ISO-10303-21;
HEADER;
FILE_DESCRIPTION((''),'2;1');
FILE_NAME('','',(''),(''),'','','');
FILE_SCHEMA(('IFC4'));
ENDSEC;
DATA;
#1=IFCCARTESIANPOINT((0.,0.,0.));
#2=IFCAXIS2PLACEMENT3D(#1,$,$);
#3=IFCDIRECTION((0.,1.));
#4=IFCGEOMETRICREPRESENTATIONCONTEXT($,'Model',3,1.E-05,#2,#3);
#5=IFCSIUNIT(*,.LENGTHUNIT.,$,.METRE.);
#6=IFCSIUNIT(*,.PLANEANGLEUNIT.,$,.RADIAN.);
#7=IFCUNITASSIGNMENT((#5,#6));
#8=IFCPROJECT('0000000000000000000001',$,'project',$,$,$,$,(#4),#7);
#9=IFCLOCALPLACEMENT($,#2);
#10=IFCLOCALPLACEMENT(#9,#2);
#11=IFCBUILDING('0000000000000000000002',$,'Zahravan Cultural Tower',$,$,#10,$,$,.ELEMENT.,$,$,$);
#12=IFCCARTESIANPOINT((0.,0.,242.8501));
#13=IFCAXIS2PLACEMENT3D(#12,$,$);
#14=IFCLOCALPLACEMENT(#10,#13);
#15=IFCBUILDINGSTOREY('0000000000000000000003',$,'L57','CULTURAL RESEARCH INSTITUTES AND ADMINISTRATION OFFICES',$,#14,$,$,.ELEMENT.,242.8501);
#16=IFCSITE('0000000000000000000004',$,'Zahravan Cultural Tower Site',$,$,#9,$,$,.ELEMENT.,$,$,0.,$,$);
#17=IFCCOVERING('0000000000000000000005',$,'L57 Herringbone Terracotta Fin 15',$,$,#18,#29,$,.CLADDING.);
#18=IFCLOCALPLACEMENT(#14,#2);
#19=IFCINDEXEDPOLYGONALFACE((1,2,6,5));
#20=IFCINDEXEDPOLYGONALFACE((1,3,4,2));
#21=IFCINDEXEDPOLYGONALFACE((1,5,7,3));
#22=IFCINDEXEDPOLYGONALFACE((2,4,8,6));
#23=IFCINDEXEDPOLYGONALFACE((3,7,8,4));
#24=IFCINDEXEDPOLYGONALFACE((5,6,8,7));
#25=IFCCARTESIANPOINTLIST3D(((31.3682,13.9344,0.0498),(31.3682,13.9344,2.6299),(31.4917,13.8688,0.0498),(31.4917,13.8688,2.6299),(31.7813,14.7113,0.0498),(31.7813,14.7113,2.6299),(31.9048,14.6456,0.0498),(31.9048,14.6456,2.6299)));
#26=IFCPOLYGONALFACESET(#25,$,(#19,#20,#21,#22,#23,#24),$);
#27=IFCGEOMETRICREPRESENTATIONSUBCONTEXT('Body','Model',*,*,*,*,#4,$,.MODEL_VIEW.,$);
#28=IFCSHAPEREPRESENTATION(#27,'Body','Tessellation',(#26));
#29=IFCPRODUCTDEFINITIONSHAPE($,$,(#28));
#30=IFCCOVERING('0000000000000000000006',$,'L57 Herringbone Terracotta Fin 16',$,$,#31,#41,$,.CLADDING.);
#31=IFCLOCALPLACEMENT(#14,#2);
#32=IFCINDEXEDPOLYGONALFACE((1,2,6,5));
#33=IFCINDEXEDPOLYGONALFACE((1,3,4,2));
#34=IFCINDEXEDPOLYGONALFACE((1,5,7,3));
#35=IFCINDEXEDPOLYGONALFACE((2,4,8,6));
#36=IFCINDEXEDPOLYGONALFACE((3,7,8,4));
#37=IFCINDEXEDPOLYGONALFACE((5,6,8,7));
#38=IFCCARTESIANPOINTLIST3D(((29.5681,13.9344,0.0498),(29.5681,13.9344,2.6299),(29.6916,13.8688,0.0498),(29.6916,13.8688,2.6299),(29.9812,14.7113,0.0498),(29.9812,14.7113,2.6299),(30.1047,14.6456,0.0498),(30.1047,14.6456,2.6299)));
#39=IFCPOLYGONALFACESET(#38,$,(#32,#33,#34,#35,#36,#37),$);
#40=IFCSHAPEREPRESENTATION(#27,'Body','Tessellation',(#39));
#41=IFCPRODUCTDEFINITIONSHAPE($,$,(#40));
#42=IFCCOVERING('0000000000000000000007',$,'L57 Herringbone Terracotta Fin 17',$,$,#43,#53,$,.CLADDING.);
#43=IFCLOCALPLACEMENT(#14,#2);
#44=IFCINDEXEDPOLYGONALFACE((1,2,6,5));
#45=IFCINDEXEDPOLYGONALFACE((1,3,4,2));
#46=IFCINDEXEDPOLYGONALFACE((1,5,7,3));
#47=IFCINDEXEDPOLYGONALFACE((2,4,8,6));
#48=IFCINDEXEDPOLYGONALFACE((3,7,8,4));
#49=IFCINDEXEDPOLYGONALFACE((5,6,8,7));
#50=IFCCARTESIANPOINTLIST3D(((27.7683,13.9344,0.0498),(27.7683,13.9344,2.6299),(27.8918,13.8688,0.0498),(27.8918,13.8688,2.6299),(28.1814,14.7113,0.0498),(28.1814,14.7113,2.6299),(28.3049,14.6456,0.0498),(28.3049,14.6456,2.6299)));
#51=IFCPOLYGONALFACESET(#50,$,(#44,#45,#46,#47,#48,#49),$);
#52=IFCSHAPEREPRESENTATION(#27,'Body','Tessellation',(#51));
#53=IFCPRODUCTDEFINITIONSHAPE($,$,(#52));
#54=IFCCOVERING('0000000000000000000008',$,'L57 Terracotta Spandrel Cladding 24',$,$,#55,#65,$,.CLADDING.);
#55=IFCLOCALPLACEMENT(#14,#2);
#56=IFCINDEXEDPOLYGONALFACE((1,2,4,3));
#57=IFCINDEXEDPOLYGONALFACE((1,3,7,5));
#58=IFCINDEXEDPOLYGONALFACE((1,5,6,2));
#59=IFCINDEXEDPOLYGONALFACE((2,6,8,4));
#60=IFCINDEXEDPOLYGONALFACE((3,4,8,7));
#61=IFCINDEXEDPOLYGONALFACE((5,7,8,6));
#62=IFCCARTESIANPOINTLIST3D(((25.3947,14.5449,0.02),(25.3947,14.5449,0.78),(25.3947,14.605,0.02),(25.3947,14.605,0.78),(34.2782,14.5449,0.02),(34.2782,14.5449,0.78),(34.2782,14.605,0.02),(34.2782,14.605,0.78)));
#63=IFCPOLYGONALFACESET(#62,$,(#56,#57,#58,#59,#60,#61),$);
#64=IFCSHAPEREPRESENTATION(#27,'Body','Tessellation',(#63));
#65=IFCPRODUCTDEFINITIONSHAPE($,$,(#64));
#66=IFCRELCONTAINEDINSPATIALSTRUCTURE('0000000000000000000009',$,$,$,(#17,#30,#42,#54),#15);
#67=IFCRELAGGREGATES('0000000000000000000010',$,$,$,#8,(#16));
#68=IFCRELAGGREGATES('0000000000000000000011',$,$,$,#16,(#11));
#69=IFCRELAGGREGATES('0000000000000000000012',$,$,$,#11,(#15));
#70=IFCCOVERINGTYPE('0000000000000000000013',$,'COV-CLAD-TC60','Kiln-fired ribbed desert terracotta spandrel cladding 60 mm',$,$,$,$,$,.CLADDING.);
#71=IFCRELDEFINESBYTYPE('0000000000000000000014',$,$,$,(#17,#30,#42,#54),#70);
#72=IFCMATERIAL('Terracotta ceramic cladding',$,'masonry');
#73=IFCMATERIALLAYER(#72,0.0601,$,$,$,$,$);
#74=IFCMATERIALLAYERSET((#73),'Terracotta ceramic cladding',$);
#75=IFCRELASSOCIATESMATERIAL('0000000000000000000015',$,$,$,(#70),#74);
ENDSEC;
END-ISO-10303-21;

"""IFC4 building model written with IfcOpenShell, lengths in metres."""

from ifc_helpers import new_model, si_unit, direction, frame, origin, origin_2d, place, context, subcontext, project, spatial, rectangle, extrude, source, transform, mapped, material, layer, layer_set, type_object, element, save


model = new_model("IFC4")

# Units and contexts
model_context = context("Model", 3, precision=1e-05, world=origin(), true_north=direction((0.0, 1.0)))
body_context = subcontext(model_context, "Body", "Model", "MODEL_VIEW")
ifc_project = project(units=[si_unit("LENGTHUNIT", "METRE"), si_unit("PLANEANGLEUNIT", "RADIAN")], contexts=[model_context])

# Site, building, storey
site_placement = place(None, origin())
site = spatial("IfcSite", under=ifc_project, at=site_placement, Name="Zahravan Cultural Tower Site", CompositionType="ELEMENT", RefElevation=0.0)
building_placement = place(site_placement, origin())
building = spatial("IfcBuilding", under=site, at=building_placement, Name="Zahravan Cultural Tower", CompositionType="ELEMENT")
storey_placement = place(building_placement, frame((0.0, 0.0, 242.8501)))
storey = spatial("IfcBuildingStorey", under=building, at=storey_placement, Name="L57", Description="CULTURAL RESEARCH INSTITUTES AND ADMINISTRATION OFFICES", CompositionType="ELEMENT", Elevation=242.8501)

# Coverings
ifc_material_1 = material(Name="Terracotta ceramic cladding", Category="masonry")
ifc_layer_1 = layer(ifc_material_1, 0.0601)
ifc_layer_set_1 = layer_set([ifc_layer_1], Name="Terracotta ceramic cladding")
covering_type = type_object("IfcCoveringType", Name="COV-CLAD-TC60", Description="Kiln-fired ribbed desert terracotta spandrel cladding 60 mm", PredefinedType="CLADDING", material=ifc_layer_set_1)
shared_shape_1 = source(origin(), body_context, "Body", "SweptSolid", [
    extrude(rectangle(XDim=0.8799, YDim=0.1399, at=origin_2d()), origin(), (0.0, 0.0, 1.0), 2.5801),
])
for number, where, z_axis, x_axis, name in (
    (1, (31.6365, 14.29, 0.0498), (0.0, 0.0, 1.0), (-0.469472, -0.882948, 0.0), "L57 Herringbone Terracotta Fin 15"),
    (2, (29.8364, 14.29, 0.0498), (0.0, 0.0, 1.0), (-0.469472, -0.882948, 0.0), "L57 Herringbone Terracotta Fin 16"),
    (3, (28.0366, 14.29, 0.0498), (0.0, 0.0, 1.0), (-0.469472, -0.882948, 0.0), "L57 Herringbone Terracotta Fin 17"),
):
    element("IfcCovering", number, at=place(storey_placement, frame(where, z_axis=z_axis, x_axis=x_axis)), inside=storey, type_object=covering_type, Name=name, PredefinedType="CLADDING", context=body_context, shape_type="MappedRepresentation", body=[
        mapped(shared_shape_1, transform((0.0, 0.0, 0.0), x_axis=(1.0, 0.0, 0.0), y_axis=(0.0, 1.0, 0.0), z_axis=(0.0, 0.0, 1.0), scale=1.0)),
    ])
shared_shape_2 = source(origin(), body_context, "Body", "SweptSolid", [
    extrude(rectangle(XDim=8.8835, YDim=0.0601, at=origin_2d()), origin(), (0.0, 0.0, 1.0), 0.76),
])
covering_placement = place(storey_placement, frame((29.8364, 14.575, 0.02), z_axis=(0.0, 0.0, 1.0), x_axis=(-1.0, 0.0, 0.0)))
element("IfcCovering", 4, at=covering_placement, inside=storey, type_object=covering_type, Name="L57 Terracotta Spandrel Cladding 24", PredefinedType="CLADDING", context=body_context, shape_type="MappedRepresentation", body=[
    mapped(shared_shape_2, transform((0.0, 0.0, 0.0), x_axis=(1.0, 0.0, 0.0), y_axis=(0.0, 1.0, 0.0), z_axis=(0.0, 0.0, 1.0), scale=1.0)),
])

save(model, "model.ifc")
